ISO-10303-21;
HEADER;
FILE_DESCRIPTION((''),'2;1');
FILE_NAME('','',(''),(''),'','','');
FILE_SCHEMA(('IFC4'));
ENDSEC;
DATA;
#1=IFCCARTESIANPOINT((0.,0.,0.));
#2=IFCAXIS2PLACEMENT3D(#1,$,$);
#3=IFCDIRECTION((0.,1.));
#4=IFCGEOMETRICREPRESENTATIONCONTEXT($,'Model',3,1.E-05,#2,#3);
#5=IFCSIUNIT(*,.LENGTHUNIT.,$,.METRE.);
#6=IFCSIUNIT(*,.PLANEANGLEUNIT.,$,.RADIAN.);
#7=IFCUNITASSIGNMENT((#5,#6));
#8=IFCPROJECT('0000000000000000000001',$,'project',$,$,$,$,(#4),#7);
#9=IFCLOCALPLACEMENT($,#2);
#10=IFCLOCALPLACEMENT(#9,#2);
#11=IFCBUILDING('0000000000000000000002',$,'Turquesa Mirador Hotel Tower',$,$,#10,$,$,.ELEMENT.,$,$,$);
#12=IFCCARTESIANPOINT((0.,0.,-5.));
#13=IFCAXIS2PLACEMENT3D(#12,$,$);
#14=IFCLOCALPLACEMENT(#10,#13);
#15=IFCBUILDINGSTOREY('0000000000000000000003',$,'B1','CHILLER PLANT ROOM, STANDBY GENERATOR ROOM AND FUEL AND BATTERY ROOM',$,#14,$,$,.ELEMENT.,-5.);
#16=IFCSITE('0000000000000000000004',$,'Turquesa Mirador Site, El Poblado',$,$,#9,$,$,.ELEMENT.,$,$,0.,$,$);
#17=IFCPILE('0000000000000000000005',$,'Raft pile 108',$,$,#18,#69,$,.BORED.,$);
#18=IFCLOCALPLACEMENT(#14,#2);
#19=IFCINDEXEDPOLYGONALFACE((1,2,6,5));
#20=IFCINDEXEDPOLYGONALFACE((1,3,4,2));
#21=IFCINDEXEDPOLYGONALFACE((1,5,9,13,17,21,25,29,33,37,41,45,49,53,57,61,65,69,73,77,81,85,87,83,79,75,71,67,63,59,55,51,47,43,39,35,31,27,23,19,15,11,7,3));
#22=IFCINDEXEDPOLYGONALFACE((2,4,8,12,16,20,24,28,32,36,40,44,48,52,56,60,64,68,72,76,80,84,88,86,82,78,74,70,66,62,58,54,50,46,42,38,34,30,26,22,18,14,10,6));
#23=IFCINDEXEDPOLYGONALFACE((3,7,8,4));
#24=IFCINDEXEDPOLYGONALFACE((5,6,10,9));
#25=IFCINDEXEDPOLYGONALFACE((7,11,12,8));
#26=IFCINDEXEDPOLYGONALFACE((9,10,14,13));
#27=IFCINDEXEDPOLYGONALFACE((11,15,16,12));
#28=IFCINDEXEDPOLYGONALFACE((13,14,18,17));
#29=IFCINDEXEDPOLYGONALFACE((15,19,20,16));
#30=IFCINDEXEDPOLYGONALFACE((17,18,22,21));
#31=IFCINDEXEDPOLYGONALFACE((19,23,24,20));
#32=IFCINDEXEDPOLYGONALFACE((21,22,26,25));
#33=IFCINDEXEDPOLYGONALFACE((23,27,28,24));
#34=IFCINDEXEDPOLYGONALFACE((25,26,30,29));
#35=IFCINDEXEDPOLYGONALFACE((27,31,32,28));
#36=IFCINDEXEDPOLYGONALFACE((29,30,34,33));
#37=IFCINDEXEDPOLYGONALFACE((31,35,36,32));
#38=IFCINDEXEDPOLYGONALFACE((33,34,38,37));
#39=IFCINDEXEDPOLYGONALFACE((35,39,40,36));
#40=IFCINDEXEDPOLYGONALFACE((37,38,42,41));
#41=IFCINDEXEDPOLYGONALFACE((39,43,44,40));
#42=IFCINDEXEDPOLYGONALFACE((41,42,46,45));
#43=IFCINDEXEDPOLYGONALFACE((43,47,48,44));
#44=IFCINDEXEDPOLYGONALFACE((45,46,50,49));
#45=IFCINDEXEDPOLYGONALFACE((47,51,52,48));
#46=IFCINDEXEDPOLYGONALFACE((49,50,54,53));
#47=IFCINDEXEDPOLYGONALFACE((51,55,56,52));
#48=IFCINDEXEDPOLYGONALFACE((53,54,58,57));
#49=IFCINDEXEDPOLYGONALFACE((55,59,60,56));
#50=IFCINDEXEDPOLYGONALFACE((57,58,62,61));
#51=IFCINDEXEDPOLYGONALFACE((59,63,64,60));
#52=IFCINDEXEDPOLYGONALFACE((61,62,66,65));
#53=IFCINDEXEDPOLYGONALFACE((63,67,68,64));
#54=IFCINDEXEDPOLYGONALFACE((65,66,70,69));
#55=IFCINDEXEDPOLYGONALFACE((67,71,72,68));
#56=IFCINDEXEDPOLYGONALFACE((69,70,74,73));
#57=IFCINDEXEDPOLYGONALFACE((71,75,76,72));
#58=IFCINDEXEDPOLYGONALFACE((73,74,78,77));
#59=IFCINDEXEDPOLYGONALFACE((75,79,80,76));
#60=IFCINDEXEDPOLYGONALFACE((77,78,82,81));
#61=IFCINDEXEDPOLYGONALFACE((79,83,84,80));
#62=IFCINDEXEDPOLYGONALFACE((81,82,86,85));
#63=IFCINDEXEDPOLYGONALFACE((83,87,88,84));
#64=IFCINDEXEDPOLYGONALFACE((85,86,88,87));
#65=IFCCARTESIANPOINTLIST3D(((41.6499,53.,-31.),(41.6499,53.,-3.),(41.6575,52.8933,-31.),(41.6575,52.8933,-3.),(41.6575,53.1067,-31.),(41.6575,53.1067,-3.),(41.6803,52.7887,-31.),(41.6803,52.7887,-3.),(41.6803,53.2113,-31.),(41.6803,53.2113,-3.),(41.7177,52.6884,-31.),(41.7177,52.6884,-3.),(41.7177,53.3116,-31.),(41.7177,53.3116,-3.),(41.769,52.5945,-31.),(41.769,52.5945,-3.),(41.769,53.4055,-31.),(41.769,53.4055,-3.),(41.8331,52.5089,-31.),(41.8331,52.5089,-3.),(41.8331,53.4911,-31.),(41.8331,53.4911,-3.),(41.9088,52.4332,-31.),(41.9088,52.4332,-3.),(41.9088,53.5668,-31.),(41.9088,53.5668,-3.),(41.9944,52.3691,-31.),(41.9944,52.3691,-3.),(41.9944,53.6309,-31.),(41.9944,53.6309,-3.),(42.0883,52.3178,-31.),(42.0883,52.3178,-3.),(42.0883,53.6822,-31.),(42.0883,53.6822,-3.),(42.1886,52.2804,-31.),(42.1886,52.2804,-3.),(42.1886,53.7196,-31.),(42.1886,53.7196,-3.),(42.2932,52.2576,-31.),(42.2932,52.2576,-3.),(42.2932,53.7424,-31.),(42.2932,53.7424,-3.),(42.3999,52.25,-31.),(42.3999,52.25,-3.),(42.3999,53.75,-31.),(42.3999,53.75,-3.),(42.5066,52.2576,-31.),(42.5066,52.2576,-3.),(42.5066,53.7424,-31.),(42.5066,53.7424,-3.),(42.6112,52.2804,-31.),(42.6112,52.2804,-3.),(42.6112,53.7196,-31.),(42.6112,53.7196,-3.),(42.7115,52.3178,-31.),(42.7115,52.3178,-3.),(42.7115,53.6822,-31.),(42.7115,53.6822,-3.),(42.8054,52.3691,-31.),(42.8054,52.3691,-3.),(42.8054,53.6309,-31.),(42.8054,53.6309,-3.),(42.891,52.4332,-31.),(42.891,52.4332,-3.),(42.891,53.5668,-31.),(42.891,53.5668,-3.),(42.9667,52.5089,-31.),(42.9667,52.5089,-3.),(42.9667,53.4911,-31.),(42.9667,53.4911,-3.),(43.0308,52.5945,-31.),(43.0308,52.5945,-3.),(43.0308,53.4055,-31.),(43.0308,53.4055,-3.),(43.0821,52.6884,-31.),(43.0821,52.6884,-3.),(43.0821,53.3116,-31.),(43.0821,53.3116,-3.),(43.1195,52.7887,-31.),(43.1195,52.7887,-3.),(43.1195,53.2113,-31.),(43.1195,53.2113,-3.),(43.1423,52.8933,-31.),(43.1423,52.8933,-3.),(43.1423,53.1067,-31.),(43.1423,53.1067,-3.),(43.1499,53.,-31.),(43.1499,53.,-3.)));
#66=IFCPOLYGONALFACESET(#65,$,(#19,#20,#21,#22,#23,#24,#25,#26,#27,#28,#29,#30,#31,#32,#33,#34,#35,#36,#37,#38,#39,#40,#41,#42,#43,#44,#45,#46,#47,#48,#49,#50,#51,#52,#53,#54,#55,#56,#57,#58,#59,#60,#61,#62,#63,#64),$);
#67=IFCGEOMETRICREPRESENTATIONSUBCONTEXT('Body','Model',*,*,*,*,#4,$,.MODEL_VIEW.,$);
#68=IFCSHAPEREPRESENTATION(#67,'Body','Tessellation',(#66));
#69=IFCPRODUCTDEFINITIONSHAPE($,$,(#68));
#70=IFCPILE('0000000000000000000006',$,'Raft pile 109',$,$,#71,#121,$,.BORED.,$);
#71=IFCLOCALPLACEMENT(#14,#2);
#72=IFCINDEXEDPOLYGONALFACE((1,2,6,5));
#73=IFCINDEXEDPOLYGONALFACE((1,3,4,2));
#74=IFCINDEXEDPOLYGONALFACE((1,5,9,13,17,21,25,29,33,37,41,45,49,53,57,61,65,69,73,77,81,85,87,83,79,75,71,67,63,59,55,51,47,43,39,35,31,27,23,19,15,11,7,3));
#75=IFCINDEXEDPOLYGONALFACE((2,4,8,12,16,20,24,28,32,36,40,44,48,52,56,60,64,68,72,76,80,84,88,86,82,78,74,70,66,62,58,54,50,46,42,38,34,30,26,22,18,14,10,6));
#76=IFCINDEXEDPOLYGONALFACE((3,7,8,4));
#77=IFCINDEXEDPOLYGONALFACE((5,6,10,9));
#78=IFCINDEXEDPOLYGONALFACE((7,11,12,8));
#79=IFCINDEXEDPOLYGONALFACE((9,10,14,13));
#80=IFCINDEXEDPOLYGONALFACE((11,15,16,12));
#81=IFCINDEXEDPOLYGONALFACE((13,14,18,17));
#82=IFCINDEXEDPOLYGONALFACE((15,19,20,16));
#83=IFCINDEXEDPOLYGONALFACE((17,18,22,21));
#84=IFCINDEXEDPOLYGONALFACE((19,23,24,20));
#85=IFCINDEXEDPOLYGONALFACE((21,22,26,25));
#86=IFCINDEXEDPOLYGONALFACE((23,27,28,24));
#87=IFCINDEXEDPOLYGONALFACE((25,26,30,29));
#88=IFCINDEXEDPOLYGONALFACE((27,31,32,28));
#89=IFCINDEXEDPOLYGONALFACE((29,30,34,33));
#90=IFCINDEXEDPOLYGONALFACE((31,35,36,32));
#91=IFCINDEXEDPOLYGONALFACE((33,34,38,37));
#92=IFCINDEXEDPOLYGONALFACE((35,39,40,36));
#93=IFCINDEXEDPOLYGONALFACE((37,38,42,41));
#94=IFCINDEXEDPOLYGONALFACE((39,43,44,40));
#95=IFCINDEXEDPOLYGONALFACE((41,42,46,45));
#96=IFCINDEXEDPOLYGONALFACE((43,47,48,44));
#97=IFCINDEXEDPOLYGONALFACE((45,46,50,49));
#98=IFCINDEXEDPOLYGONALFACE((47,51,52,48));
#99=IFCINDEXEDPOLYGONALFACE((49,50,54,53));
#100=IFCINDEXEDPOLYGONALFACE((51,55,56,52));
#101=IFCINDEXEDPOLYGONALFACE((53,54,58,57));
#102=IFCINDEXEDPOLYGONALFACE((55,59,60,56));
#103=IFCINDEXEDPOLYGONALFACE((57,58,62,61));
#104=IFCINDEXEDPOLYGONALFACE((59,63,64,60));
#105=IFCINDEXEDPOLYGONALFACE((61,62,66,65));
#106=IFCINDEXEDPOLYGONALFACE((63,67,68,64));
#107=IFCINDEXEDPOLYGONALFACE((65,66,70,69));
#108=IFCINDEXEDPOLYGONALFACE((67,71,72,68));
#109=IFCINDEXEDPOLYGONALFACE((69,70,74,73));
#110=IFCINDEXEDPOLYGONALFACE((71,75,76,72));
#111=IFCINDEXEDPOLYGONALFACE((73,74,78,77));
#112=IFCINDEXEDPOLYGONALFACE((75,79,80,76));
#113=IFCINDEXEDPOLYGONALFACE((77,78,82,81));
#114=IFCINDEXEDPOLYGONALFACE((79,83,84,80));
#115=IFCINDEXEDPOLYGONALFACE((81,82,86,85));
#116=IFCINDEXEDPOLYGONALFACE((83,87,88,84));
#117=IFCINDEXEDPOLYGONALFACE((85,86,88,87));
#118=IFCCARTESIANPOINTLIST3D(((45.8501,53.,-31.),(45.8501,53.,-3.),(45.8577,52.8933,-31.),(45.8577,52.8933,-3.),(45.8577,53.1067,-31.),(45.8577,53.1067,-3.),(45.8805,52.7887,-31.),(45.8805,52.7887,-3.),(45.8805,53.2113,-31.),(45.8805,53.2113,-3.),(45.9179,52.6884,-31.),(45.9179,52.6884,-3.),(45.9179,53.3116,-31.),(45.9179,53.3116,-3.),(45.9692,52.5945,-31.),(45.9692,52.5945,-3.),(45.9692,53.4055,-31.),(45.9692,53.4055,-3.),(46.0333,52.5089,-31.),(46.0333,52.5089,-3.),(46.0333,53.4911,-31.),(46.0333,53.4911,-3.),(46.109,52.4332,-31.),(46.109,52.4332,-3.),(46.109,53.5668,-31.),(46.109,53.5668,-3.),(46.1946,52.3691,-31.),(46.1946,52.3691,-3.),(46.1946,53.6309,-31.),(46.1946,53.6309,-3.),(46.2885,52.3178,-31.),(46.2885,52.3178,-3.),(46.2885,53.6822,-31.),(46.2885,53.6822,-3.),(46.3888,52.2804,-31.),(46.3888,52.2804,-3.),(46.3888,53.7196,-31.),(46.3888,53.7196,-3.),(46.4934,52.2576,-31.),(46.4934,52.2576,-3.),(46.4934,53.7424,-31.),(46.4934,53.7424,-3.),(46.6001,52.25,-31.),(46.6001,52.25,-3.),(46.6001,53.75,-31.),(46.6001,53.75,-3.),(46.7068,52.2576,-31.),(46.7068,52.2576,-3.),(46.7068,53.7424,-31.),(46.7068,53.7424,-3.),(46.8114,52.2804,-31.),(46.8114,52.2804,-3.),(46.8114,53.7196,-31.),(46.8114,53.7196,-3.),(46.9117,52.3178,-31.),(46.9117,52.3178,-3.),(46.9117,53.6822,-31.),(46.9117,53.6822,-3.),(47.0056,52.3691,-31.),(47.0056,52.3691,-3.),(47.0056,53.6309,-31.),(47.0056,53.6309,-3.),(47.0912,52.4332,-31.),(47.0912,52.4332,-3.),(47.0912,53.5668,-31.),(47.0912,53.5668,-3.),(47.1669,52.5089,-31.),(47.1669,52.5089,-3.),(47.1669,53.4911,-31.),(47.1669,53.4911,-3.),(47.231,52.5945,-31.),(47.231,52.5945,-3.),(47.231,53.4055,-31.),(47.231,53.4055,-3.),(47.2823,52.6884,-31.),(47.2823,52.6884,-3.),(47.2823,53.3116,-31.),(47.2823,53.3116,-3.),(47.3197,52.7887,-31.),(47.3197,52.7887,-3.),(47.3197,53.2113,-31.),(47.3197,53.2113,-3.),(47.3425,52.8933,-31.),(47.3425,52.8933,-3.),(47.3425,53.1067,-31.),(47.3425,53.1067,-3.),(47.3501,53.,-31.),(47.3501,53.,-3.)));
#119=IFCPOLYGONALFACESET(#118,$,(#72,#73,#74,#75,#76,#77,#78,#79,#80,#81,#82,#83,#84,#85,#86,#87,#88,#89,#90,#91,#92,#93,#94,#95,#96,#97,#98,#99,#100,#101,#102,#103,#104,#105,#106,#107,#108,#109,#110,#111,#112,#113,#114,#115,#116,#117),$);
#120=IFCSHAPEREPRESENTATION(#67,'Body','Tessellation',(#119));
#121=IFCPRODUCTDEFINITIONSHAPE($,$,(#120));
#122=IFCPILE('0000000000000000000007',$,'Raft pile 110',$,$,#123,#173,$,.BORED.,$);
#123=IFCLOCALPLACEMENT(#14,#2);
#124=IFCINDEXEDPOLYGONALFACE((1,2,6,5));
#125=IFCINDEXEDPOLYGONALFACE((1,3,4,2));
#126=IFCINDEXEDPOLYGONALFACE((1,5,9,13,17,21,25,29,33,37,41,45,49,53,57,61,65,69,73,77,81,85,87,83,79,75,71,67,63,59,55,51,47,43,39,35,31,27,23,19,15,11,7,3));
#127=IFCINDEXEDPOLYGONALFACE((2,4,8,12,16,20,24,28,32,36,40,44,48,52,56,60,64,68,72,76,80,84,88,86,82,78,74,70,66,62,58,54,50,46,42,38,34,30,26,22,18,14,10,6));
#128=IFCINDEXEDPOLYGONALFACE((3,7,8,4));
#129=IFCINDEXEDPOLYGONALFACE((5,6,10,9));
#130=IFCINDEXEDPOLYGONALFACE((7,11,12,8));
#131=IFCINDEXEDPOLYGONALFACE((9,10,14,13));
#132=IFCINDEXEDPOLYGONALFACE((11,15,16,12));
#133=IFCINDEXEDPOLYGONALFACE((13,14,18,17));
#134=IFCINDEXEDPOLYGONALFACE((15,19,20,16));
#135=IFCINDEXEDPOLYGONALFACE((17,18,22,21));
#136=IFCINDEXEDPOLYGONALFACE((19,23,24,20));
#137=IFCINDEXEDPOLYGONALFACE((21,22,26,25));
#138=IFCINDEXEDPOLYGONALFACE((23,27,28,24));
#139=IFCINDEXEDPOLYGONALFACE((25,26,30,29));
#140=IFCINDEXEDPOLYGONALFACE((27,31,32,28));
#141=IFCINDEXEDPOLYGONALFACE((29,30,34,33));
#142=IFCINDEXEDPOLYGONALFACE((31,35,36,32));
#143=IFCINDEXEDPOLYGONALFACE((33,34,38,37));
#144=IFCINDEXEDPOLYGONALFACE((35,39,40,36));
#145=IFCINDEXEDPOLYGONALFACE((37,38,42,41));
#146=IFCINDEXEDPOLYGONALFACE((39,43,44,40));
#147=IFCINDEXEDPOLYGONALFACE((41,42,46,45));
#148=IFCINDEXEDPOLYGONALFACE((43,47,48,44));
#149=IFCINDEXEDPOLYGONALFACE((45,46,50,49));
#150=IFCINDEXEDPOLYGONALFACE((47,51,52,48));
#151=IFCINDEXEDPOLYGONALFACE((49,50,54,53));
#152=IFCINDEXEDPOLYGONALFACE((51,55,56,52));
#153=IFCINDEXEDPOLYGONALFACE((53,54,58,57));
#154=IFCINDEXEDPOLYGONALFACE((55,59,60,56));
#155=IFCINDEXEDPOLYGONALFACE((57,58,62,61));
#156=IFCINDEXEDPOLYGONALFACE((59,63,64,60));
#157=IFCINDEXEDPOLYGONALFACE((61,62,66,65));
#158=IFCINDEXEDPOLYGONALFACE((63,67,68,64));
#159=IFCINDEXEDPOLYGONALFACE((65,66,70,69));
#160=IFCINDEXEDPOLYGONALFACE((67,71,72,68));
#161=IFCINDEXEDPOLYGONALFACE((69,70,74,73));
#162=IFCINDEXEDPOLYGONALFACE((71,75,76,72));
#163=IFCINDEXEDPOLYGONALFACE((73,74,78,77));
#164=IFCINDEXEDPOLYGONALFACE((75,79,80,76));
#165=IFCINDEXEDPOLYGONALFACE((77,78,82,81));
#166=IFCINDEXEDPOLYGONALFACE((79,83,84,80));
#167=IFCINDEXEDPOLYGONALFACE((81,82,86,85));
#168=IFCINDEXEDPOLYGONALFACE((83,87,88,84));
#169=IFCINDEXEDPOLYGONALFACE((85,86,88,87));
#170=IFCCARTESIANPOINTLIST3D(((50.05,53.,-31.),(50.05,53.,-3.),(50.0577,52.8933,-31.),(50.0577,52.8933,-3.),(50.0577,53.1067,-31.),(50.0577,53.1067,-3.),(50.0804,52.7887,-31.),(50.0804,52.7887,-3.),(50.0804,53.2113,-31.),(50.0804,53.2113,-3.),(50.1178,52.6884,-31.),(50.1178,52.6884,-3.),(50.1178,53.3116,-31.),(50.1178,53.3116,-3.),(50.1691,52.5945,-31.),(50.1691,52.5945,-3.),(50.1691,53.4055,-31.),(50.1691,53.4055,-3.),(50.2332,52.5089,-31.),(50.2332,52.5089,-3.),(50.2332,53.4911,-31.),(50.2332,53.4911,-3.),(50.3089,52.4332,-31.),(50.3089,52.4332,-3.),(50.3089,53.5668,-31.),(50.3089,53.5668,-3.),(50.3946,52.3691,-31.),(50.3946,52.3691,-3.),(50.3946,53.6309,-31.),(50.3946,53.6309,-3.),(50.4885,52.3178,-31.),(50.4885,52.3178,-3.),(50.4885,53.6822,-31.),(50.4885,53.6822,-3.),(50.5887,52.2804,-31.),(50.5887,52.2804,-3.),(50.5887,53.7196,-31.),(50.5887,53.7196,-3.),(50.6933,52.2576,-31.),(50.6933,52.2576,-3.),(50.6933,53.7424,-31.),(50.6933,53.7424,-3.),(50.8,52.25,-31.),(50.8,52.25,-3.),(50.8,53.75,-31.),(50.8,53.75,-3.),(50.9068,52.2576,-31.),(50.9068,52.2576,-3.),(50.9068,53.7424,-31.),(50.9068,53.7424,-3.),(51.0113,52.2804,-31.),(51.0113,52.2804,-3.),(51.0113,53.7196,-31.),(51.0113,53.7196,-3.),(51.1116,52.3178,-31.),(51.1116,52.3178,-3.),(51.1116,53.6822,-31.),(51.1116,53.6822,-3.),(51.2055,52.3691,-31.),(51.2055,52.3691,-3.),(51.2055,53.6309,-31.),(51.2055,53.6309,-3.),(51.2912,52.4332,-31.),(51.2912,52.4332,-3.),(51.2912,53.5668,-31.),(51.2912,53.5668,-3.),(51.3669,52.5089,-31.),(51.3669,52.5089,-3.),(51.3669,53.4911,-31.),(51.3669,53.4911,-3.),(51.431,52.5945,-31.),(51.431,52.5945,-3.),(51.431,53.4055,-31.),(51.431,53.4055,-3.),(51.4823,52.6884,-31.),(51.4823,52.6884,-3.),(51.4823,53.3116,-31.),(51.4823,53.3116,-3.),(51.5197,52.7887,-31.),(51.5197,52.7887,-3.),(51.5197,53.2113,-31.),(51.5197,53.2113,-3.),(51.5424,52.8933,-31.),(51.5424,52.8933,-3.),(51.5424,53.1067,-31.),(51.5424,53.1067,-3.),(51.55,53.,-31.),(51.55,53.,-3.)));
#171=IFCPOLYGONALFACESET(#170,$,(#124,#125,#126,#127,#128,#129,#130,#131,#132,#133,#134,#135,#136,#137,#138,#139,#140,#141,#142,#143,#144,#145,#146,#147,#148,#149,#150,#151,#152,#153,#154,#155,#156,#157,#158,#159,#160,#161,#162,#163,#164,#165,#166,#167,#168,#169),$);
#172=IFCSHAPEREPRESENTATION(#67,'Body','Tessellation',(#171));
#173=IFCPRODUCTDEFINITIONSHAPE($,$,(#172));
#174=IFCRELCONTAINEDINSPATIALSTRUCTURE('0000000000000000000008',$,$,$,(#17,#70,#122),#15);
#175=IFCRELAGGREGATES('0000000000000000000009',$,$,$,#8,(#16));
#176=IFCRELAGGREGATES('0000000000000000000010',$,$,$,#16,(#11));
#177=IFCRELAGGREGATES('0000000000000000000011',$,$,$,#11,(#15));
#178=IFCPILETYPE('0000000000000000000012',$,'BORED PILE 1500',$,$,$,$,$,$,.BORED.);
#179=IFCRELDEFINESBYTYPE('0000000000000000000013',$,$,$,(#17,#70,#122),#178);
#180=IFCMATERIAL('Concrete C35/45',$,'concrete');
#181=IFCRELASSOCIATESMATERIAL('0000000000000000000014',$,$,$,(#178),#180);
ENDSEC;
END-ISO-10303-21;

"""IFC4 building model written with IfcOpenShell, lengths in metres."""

from ifc_helpers import new_model, si_unit, direction, frame, origin, origin_2d, place, context, subcontext, project, spatial, circle, extrude, material, type_object, element, save


model = new_model("IFC4")

# Units and contexts
model_context = context("Model", 3, precision=1e-05, world=origin(), true_north=direction((0.0, 1.0)))
body_context = subcontext(model_context, "Body", "Model", "MODEL_VIEW")
ifc_project = project(units=[si_unit("LENGTHUNIT", "METRE"), si_unit("PLANEANGLEUNIT", "RADIAN")], contexts=[model_context])

# Site, building, storey
site_placement = place(None, origin())
site = spatial("IfcSite", under=ifc_project, at=site_placement, Name="Turquesa Mirador Site, El Poblado", CompositionType="ELEMENT", RefElevation=0.0)
building_placement = place(site_placement, origin())
building = spatial("IfcBuilding", under=site, at=building_placement, Name="Turquesa Mirador Hotel Tower", CompositionType="ELEMENT")
storey_placement = place(building_placement, frame((0.0, 0.0, -5.0)))
storey = spatial("IfcBuildingStorey", under=building, at=storey_placement, Name="B1", Description="CHILLER PLANT ROOM, STANDBY GENERATOR ROOM AND FUEL AND BATTERY ROOM", CompositionType="ELEMENT", Elevation=-5.0)

# Piles
ifc_material_1 = material(Name="Concrete C35/45", Category="concrete")
pile_type = type_object("IfcPileType", Name="BORED PILE 1500", PredefinedType="BORED", material=ifc_material_1)
for number, where, z_axis, x_axis, name in (
    (1, (42.3999, 53.0, -3.0), (0.0, 0.0, -1.0), (1.0, 0.0, 0.0), "Raft pile 108"),
    (2, (46.6001, 53.0, -3.0), (0.0, 0.0, -1.0), (1.0, 0.0, 0.0), "Raft pile 109"),
    (3, (50.8, 53.0, -3.0), (0.0, 0.0, -1.0), (1.0, 0.0, 0.0), "Raft pile 110"),
):
    element("IfcPile", number, at=place(storey_placement, frame(where, z_axis=z_axis, x_axis=x_axis)), inside=storey, type_object=pile_type, Name=name, PredefinedType="BORED", context=body_context, shape_type="SweptSolid", body=[
        extrude(circle(Radius=0.75, at=origin_2d()), origin(), (0.0, 0.0, 1.0), 28.0),
    ])

save(model, "model.ifc")
